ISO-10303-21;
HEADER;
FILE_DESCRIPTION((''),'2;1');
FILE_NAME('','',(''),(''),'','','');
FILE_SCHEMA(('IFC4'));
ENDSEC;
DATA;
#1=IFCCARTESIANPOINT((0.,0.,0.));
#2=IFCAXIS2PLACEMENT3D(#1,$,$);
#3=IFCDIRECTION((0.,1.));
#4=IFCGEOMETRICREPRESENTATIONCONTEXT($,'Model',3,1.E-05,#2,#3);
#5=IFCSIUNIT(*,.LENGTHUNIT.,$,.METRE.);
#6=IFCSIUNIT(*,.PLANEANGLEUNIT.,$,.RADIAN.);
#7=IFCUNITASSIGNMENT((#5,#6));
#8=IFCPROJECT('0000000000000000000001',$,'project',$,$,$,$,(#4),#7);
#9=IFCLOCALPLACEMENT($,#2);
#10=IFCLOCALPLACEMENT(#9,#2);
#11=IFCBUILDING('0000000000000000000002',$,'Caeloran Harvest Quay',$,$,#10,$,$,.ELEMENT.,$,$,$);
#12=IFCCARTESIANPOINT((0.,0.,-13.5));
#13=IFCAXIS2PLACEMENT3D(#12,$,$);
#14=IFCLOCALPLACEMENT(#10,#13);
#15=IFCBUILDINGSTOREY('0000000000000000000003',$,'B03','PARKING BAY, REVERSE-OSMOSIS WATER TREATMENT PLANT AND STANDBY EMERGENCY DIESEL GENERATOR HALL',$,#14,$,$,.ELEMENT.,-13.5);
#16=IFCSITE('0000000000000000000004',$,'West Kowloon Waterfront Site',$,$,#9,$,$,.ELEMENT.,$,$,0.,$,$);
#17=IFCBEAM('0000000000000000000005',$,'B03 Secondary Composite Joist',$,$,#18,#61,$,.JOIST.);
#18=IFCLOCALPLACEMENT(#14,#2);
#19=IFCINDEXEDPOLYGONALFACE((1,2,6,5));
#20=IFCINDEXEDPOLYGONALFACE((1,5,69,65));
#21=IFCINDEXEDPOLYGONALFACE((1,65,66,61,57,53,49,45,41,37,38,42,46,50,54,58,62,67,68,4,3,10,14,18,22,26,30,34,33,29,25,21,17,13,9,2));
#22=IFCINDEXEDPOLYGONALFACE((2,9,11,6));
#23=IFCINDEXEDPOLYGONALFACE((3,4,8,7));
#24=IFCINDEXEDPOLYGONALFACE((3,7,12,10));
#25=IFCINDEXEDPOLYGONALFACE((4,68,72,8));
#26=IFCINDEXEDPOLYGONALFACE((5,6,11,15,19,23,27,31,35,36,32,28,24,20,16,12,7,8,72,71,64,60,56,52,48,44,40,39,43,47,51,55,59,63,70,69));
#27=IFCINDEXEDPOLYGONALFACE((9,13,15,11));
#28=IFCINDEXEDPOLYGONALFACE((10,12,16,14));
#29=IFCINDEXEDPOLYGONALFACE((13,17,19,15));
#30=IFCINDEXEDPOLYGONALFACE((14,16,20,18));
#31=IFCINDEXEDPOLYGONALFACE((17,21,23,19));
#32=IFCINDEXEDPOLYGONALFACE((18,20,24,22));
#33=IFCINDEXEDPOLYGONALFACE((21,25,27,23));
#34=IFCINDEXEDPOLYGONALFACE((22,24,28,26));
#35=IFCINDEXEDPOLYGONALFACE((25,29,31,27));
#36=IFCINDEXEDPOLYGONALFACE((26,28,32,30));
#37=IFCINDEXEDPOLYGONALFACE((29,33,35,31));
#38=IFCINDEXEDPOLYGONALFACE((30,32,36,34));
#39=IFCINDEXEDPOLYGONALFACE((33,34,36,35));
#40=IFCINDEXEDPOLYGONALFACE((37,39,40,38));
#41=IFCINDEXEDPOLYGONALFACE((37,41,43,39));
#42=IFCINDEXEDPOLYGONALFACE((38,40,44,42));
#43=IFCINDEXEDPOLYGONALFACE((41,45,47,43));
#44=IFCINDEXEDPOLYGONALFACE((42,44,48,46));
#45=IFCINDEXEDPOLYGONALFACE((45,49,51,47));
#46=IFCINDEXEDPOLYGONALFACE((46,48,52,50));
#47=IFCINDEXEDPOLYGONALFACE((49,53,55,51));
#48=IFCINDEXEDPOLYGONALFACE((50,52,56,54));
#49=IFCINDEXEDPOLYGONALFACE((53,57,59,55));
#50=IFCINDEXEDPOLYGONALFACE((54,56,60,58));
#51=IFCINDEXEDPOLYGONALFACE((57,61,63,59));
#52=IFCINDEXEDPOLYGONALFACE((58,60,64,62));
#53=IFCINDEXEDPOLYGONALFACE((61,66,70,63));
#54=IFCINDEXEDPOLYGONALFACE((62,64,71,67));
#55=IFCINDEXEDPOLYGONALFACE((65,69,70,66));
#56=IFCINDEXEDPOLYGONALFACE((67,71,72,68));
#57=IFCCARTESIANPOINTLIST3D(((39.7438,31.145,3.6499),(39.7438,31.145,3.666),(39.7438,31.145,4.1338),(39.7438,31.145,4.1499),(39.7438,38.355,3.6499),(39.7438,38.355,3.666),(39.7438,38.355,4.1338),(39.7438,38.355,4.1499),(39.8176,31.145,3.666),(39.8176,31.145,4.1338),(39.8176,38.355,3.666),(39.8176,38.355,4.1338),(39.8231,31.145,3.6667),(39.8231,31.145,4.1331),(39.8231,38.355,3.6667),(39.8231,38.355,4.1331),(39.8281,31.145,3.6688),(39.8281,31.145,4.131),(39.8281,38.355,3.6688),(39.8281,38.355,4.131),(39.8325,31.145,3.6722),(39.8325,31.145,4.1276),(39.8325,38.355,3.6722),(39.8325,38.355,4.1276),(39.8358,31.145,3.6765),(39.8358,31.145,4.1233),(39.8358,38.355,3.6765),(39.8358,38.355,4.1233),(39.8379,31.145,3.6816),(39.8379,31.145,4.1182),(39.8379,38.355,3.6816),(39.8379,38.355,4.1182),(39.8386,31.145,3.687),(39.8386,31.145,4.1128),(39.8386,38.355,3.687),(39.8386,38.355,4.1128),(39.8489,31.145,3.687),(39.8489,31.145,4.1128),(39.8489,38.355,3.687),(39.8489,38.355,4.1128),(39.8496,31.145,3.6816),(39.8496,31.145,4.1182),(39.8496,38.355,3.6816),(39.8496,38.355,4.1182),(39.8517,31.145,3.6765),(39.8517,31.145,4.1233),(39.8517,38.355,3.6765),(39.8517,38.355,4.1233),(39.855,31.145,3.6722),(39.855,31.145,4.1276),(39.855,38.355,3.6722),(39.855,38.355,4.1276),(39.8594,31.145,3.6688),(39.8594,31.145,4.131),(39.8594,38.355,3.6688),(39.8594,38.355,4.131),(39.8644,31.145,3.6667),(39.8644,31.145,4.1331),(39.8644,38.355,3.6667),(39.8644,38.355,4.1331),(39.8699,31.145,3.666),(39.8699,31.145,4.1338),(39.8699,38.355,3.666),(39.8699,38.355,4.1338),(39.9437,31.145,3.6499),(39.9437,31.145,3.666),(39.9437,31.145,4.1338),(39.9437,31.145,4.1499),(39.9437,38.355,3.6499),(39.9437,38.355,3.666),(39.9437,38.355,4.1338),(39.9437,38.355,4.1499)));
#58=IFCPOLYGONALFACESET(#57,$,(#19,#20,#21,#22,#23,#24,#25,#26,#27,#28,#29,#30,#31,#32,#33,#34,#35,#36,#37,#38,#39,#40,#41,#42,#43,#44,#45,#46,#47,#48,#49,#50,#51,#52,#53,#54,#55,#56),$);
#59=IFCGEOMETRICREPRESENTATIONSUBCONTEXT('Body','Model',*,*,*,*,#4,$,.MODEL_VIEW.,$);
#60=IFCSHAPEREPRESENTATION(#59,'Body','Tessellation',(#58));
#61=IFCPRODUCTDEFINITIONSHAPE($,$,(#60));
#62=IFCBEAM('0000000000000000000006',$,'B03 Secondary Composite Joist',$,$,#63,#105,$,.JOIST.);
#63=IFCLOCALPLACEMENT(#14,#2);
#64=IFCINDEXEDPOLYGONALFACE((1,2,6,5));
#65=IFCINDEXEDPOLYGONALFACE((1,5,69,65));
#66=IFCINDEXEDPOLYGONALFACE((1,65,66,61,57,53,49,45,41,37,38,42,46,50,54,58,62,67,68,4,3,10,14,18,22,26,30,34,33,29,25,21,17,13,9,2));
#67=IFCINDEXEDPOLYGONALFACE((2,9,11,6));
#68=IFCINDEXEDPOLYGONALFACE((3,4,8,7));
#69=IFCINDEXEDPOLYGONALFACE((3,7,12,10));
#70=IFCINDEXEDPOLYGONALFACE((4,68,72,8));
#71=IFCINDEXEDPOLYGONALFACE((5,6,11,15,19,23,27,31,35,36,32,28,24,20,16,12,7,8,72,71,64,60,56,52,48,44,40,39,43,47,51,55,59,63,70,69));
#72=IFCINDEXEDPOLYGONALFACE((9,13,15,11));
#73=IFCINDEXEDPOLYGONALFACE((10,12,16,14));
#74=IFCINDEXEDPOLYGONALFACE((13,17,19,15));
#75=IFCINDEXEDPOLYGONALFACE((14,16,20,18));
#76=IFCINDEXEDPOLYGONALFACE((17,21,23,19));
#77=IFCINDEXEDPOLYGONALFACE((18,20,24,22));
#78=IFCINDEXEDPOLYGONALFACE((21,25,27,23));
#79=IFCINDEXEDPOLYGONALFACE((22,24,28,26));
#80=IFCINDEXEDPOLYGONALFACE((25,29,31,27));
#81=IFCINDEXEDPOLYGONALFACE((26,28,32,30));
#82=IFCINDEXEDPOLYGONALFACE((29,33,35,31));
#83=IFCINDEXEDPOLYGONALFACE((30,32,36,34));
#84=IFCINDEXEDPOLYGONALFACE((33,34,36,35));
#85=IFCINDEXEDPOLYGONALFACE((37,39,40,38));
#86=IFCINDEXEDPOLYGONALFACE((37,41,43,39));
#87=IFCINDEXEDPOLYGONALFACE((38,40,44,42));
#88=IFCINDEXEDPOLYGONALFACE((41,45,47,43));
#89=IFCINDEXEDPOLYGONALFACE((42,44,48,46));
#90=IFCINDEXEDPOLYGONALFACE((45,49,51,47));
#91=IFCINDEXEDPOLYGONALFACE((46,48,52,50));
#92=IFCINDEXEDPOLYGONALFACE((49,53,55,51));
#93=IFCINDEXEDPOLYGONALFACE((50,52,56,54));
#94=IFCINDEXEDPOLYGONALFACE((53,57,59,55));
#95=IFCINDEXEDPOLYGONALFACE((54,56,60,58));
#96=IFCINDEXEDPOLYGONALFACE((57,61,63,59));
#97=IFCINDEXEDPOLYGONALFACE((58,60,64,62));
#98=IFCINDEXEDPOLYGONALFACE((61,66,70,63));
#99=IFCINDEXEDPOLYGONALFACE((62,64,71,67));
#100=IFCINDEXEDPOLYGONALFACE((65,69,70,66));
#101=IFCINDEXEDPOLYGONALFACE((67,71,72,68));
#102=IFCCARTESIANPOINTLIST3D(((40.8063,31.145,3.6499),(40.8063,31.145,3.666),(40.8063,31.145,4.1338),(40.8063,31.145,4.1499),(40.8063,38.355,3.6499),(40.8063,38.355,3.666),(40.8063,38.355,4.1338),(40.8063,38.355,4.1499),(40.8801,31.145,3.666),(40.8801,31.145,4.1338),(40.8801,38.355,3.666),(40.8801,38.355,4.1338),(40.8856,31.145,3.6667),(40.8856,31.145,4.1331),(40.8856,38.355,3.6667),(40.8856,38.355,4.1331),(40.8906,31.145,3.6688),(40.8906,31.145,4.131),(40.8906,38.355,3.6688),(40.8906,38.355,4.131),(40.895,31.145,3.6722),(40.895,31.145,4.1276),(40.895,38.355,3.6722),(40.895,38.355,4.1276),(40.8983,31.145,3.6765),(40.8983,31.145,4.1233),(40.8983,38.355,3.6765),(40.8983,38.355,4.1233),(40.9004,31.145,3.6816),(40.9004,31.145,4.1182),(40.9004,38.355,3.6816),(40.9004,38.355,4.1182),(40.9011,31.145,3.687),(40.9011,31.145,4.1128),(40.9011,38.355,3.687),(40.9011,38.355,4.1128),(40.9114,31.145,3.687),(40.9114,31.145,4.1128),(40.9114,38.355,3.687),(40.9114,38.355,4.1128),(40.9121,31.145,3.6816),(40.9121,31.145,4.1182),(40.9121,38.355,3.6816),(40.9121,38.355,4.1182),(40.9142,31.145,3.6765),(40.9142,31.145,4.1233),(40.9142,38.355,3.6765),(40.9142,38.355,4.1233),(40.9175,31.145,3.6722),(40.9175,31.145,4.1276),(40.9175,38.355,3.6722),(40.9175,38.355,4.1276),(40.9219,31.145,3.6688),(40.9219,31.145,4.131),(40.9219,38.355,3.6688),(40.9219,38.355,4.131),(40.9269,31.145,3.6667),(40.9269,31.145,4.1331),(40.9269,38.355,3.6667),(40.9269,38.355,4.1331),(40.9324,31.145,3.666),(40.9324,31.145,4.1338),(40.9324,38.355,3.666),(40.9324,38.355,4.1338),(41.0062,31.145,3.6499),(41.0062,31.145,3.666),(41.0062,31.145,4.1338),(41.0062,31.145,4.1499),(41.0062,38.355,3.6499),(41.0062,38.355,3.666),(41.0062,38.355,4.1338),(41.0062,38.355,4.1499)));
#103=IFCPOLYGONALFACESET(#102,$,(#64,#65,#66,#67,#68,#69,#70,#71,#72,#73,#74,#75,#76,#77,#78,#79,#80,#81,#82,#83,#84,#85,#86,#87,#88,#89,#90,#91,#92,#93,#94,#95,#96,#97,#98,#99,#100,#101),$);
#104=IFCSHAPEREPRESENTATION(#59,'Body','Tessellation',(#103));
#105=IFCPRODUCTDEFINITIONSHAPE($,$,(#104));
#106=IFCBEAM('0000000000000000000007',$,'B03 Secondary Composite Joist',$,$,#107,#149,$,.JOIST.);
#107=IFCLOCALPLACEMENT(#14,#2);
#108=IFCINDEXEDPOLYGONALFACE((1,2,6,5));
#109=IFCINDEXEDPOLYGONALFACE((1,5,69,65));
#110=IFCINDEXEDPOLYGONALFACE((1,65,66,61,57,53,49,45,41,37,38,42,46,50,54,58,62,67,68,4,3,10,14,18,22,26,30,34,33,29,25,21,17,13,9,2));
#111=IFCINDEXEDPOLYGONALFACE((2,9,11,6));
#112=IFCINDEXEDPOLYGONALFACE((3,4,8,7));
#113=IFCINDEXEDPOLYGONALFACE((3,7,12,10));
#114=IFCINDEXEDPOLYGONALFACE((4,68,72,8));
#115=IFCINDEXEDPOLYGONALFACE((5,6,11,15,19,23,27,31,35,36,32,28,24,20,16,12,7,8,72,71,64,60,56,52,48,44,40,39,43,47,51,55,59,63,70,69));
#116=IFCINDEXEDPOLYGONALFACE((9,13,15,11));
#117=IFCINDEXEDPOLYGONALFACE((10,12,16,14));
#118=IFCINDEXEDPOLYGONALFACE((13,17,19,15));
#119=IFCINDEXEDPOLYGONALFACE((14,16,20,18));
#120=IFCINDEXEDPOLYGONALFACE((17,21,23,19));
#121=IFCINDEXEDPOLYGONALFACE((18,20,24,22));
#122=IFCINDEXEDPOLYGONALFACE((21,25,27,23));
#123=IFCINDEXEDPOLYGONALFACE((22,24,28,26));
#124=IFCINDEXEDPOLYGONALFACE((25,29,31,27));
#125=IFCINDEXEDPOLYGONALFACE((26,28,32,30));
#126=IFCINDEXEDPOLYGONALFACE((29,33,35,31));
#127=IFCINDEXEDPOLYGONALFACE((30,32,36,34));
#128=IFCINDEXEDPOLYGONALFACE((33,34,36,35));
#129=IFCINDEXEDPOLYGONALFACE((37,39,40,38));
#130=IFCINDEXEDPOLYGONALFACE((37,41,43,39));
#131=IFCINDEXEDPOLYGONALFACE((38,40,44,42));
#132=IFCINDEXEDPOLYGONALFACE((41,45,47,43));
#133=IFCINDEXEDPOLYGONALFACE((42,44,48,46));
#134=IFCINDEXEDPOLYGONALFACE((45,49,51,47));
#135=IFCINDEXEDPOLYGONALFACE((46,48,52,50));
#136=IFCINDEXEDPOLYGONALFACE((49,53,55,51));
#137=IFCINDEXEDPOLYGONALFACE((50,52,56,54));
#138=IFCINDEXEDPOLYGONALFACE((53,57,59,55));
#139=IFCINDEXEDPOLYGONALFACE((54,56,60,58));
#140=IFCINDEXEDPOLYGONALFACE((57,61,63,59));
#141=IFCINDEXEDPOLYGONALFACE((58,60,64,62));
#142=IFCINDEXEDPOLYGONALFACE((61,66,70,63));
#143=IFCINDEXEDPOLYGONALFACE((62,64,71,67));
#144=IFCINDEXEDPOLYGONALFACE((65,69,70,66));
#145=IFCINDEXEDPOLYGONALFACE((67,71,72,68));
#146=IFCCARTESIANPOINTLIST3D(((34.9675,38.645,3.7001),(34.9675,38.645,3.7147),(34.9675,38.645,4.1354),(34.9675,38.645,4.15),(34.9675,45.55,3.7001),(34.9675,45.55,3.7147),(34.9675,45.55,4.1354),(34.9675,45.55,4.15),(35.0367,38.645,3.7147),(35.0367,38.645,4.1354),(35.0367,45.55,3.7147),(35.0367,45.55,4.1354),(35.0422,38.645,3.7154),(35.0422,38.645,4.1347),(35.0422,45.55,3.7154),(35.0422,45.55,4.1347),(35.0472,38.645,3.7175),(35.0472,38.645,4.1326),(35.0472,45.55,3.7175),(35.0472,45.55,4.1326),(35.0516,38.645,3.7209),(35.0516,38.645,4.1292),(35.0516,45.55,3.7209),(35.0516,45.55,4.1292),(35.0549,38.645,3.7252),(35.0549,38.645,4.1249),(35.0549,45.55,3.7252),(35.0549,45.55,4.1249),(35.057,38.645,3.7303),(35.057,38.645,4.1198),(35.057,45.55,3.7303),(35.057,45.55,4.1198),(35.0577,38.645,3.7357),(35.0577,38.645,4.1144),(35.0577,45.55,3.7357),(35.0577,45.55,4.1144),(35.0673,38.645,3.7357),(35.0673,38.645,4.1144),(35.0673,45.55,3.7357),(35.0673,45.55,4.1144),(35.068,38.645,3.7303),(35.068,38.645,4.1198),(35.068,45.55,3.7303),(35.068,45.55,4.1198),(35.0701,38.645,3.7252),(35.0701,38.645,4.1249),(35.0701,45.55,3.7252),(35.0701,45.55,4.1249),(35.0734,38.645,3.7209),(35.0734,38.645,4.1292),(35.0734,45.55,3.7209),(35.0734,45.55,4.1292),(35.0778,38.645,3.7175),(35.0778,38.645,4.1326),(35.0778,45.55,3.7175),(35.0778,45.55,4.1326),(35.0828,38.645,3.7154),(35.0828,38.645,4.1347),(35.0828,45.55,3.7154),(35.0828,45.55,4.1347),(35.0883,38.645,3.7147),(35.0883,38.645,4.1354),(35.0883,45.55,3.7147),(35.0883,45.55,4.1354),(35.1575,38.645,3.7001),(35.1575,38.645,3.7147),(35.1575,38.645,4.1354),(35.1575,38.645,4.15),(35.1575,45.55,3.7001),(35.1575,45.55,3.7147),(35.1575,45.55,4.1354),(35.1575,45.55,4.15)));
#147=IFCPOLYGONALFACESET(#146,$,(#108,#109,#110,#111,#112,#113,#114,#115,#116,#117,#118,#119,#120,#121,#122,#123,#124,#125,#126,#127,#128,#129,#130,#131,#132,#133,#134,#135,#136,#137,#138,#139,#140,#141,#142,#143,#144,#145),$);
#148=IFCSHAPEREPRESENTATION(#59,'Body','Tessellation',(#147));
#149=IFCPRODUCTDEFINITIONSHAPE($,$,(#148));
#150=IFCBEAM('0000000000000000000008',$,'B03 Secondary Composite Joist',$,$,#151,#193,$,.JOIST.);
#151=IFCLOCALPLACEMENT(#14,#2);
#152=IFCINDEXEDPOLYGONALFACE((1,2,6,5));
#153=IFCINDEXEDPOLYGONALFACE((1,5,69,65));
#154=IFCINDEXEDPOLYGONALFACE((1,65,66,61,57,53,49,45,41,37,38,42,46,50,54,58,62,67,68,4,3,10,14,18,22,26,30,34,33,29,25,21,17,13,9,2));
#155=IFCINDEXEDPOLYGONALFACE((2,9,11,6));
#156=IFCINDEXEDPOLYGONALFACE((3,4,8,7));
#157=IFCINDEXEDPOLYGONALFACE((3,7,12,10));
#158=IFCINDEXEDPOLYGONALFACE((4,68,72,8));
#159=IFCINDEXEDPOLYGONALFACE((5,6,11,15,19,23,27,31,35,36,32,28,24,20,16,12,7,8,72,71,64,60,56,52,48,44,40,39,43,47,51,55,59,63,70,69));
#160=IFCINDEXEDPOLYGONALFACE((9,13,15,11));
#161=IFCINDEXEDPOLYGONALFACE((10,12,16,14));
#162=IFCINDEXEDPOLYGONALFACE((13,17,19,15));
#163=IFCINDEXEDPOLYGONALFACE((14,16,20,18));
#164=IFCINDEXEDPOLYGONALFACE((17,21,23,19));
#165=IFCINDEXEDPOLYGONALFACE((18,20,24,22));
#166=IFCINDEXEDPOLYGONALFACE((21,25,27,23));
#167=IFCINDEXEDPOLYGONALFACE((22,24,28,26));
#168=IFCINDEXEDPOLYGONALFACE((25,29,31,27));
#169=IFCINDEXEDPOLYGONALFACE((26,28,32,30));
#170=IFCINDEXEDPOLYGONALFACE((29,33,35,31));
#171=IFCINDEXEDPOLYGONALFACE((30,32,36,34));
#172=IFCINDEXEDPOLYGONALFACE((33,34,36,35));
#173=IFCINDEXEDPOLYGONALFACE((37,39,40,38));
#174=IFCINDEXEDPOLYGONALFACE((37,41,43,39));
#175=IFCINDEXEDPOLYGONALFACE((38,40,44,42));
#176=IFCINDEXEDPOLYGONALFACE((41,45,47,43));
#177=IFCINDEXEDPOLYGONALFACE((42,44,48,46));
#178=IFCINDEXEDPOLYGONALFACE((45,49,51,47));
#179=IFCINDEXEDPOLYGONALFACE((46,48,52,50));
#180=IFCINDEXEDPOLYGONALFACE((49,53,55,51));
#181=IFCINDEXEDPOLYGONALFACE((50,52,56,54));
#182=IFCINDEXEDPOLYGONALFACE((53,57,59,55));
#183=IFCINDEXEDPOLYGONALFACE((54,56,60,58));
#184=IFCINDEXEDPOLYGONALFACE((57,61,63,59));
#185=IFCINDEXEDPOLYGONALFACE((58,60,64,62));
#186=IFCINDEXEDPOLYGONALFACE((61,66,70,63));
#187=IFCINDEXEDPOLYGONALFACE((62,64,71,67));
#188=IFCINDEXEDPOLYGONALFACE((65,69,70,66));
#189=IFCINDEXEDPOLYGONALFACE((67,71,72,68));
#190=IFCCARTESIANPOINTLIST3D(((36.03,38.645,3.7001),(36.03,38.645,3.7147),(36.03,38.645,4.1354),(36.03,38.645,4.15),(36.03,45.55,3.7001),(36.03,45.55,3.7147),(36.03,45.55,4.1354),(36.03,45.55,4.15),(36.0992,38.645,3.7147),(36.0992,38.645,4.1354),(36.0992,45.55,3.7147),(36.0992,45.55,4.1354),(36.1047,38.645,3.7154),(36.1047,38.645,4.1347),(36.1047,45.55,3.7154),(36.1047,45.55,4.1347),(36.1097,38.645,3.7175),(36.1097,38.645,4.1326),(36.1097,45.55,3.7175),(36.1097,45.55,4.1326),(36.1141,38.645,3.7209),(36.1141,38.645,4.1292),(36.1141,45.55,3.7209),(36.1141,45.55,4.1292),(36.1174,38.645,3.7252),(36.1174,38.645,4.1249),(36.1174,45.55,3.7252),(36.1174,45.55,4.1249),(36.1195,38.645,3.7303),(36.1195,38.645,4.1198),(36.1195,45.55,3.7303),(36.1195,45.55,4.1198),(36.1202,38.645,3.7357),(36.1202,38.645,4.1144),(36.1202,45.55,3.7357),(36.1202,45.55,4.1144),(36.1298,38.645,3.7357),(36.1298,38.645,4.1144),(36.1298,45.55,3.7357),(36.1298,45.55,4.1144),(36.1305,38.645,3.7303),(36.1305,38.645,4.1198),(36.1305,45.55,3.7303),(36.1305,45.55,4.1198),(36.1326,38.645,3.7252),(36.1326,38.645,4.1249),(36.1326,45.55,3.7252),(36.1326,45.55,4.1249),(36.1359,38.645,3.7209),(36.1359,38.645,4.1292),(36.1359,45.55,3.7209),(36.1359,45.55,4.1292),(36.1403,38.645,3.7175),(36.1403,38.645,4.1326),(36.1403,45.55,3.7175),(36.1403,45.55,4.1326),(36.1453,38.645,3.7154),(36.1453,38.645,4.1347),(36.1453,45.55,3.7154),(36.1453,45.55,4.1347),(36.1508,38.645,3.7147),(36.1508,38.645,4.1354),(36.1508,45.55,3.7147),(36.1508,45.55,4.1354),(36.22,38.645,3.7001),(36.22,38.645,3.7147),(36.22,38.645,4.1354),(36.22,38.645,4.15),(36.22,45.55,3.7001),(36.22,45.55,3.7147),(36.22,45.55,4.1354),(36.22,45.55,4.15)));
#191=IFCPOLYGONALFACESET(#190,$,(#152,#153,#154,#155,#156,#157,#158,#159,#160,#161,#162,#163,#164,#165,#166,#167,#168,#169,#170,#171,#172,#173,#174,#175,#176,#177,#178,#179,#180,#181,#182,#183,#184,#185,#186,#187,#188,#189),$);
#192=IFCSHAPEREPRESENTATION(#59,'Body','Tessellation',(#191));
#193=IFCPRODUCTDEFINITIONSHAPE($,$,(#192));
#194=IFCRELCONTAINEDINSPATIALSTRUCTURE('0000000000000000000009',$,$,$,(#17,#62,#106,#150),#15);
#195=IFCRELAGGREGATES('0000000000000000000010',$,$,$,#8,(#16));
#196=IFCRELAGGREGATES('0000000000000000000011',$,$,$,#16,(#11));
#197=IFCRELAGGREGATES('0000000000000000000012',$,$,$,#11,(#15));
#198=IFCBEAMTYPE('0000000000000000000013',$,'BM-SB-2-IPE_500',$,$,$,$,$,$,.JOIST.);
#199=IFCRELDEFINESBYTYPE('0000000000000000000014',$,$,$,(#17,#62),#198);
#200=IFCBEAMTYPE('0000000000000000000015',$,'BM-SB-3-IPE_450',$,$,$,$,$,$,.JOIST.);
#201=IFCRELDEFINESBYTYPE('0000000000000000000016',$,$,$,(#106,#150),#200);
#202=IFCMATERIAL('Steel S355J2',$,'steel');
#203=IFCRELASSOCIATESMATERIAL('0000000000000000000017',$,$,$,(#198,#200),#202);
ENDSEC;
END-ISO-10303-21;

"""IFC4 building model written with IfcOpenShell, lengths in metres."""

from ifc_helpers import new_model, si_unit, direction, frame, origin, origin_2d, place, context, subcontext, project, spatial, i_section, extrude, material, material_profile, profile_set, type_object, element, save


model = new_model("IFC4")

# Units and contexts
model_context = context("Model", 3, precision=1e-05, world=origin(), true_north=direction((0.0, 1.0)))
body_context = subcontext(model_context, "Body", "Model", "MODEL_VIEW")
ifc_project = project(units=[si_unit("LENGTHUNIT", "METRE"), si_unit("PLANEANGLEUNIT", "RADIAN")], contexts=[model_context])

# Site, building, storey
site_placement = place(None, origin())
site = spatial("IfcSite", under=ifc_project, at=site_placement, Name="West Kowloon Waterfront Site", CompositionType="ELEMENT", RefElevation=0.0)
building_placement = place(site_placement, origin())
building = spatial("IfcBuilding", under=site, at=building_placement, Name="Caeloran Harvest Quay", CompositionType="ELEMENT")
storey_placement = place(building_placement, frame((0.0, 0.0, -13.5)))
storey = spatial("IfcBuildingStorey", under=building, at=storey_placement, Name="B03", Description="PARKING BAY, REVERSE-OSMOSIS WATER TREATMENT PLANT AND STANDBY EMERGENCY DIESEL GENERATOR HALL", CompositionType="ELEMENT", Elevation=-13.5)

# Beams
ifc_material = material(Name="Steel S355J2", Category="steel")
ifc_material_profile_1 = material_profile(ifc_material, i_section(OverallWidth=0.2, OverallDepth=0.5, WebThickness=0.0103, FlangeThickness=0.0161, FilletRadius=0.021, at=origin_2d()), Name="IPE 500")
ifc_profile_set_1 = profile_set([ifc_material_profile_1], Name="Steel S355J2")
beam_type_1 = type_object("IfcBeamType", Name="BM-SB-2-IPE_500", PredefinedType="JOIST", material=ifc_profile_set_1)
for number, where, z_axis, x_axis, name in (
    (1, (39.8438, 31.145, 3.8999), (0.0, 1.0, 0.0), (-1.0, 0.0, 0.0), "B03 Secondary Composite Joist"),
    (2, (40.9062, 31.145, 3.8999), (0.0, 1.0, 0.0), (-1.0, 0.0, 0.0), "B03 Secondary Composite Joist"),
):
    element("IfcBeam", number, at=place(storey_placement, frame(where, z_axis=z_axis, x_axis=x_axis)), inside=storey, type_object=beam_type_1, Name=name, PredefinedType="JOIST", context=body_context, shape_type="SweptSolid", body=[
        extrude(i_section(OverallWidth=0.2, OverallDepth=0.5, WebThickness=0.0103, FlangeThickness=0.0161, FilletRadius=0.021, at=origin_2d()), origin(), (0.0, 0.0, 1.0), 7.21),
    ])
ifc_material_profile_2 = material_profile(ifc_material, i_section(OverallWidth=0.1899, OverallDepth=0.45, WebThickness=0.0095, FlangeThickness=0.0146, FilletRadius=0.021, at=origin_2d()), Name="IPE 450")
ifc_profile_set_2 = profile_set([ifc_material_profile_2], Name="Steel S355J2")
beam_type_2 = type_object("IfcBeamType", Name="BM-SB-3-IPE_450", PredefinedType="JOIST", material=ifc_profile_set_2)
for number, where, z_axis, x_axis, name in (
    (3, (35.0625, 38.645, 3.925), (0.0, 1.0, 0.0), (-1.0, 0.0, 0.0), "B03 Secondary Composite Joist"),
    (4, (36.125, 38.645, 3.925), (0.0, 1.0, 0.0), (-1.0, 0.0, 0.0), "B03 Secondary Composite Joist"),
):
    element("IfcBeam", number, at=place(storey_placement, frame(where, z_axis=z_axis, x_axis=x_axis)), inside=storey, type_object=beam_type_2, Name=name, PredefinedType="JOIST", context=body_context, shape_type="SweptSolid", body=[
        extrude(i_section(OverallWidth=0.1899, OverallDepth=0.45, WebThickness=0.0095, FlangeThickness=0.0146, FilletRadius=0.021, at=origin_2d()), origin(), (0.0, 0.0, 1.0), 6.905),
    ])

save(model, "model.ifc")
